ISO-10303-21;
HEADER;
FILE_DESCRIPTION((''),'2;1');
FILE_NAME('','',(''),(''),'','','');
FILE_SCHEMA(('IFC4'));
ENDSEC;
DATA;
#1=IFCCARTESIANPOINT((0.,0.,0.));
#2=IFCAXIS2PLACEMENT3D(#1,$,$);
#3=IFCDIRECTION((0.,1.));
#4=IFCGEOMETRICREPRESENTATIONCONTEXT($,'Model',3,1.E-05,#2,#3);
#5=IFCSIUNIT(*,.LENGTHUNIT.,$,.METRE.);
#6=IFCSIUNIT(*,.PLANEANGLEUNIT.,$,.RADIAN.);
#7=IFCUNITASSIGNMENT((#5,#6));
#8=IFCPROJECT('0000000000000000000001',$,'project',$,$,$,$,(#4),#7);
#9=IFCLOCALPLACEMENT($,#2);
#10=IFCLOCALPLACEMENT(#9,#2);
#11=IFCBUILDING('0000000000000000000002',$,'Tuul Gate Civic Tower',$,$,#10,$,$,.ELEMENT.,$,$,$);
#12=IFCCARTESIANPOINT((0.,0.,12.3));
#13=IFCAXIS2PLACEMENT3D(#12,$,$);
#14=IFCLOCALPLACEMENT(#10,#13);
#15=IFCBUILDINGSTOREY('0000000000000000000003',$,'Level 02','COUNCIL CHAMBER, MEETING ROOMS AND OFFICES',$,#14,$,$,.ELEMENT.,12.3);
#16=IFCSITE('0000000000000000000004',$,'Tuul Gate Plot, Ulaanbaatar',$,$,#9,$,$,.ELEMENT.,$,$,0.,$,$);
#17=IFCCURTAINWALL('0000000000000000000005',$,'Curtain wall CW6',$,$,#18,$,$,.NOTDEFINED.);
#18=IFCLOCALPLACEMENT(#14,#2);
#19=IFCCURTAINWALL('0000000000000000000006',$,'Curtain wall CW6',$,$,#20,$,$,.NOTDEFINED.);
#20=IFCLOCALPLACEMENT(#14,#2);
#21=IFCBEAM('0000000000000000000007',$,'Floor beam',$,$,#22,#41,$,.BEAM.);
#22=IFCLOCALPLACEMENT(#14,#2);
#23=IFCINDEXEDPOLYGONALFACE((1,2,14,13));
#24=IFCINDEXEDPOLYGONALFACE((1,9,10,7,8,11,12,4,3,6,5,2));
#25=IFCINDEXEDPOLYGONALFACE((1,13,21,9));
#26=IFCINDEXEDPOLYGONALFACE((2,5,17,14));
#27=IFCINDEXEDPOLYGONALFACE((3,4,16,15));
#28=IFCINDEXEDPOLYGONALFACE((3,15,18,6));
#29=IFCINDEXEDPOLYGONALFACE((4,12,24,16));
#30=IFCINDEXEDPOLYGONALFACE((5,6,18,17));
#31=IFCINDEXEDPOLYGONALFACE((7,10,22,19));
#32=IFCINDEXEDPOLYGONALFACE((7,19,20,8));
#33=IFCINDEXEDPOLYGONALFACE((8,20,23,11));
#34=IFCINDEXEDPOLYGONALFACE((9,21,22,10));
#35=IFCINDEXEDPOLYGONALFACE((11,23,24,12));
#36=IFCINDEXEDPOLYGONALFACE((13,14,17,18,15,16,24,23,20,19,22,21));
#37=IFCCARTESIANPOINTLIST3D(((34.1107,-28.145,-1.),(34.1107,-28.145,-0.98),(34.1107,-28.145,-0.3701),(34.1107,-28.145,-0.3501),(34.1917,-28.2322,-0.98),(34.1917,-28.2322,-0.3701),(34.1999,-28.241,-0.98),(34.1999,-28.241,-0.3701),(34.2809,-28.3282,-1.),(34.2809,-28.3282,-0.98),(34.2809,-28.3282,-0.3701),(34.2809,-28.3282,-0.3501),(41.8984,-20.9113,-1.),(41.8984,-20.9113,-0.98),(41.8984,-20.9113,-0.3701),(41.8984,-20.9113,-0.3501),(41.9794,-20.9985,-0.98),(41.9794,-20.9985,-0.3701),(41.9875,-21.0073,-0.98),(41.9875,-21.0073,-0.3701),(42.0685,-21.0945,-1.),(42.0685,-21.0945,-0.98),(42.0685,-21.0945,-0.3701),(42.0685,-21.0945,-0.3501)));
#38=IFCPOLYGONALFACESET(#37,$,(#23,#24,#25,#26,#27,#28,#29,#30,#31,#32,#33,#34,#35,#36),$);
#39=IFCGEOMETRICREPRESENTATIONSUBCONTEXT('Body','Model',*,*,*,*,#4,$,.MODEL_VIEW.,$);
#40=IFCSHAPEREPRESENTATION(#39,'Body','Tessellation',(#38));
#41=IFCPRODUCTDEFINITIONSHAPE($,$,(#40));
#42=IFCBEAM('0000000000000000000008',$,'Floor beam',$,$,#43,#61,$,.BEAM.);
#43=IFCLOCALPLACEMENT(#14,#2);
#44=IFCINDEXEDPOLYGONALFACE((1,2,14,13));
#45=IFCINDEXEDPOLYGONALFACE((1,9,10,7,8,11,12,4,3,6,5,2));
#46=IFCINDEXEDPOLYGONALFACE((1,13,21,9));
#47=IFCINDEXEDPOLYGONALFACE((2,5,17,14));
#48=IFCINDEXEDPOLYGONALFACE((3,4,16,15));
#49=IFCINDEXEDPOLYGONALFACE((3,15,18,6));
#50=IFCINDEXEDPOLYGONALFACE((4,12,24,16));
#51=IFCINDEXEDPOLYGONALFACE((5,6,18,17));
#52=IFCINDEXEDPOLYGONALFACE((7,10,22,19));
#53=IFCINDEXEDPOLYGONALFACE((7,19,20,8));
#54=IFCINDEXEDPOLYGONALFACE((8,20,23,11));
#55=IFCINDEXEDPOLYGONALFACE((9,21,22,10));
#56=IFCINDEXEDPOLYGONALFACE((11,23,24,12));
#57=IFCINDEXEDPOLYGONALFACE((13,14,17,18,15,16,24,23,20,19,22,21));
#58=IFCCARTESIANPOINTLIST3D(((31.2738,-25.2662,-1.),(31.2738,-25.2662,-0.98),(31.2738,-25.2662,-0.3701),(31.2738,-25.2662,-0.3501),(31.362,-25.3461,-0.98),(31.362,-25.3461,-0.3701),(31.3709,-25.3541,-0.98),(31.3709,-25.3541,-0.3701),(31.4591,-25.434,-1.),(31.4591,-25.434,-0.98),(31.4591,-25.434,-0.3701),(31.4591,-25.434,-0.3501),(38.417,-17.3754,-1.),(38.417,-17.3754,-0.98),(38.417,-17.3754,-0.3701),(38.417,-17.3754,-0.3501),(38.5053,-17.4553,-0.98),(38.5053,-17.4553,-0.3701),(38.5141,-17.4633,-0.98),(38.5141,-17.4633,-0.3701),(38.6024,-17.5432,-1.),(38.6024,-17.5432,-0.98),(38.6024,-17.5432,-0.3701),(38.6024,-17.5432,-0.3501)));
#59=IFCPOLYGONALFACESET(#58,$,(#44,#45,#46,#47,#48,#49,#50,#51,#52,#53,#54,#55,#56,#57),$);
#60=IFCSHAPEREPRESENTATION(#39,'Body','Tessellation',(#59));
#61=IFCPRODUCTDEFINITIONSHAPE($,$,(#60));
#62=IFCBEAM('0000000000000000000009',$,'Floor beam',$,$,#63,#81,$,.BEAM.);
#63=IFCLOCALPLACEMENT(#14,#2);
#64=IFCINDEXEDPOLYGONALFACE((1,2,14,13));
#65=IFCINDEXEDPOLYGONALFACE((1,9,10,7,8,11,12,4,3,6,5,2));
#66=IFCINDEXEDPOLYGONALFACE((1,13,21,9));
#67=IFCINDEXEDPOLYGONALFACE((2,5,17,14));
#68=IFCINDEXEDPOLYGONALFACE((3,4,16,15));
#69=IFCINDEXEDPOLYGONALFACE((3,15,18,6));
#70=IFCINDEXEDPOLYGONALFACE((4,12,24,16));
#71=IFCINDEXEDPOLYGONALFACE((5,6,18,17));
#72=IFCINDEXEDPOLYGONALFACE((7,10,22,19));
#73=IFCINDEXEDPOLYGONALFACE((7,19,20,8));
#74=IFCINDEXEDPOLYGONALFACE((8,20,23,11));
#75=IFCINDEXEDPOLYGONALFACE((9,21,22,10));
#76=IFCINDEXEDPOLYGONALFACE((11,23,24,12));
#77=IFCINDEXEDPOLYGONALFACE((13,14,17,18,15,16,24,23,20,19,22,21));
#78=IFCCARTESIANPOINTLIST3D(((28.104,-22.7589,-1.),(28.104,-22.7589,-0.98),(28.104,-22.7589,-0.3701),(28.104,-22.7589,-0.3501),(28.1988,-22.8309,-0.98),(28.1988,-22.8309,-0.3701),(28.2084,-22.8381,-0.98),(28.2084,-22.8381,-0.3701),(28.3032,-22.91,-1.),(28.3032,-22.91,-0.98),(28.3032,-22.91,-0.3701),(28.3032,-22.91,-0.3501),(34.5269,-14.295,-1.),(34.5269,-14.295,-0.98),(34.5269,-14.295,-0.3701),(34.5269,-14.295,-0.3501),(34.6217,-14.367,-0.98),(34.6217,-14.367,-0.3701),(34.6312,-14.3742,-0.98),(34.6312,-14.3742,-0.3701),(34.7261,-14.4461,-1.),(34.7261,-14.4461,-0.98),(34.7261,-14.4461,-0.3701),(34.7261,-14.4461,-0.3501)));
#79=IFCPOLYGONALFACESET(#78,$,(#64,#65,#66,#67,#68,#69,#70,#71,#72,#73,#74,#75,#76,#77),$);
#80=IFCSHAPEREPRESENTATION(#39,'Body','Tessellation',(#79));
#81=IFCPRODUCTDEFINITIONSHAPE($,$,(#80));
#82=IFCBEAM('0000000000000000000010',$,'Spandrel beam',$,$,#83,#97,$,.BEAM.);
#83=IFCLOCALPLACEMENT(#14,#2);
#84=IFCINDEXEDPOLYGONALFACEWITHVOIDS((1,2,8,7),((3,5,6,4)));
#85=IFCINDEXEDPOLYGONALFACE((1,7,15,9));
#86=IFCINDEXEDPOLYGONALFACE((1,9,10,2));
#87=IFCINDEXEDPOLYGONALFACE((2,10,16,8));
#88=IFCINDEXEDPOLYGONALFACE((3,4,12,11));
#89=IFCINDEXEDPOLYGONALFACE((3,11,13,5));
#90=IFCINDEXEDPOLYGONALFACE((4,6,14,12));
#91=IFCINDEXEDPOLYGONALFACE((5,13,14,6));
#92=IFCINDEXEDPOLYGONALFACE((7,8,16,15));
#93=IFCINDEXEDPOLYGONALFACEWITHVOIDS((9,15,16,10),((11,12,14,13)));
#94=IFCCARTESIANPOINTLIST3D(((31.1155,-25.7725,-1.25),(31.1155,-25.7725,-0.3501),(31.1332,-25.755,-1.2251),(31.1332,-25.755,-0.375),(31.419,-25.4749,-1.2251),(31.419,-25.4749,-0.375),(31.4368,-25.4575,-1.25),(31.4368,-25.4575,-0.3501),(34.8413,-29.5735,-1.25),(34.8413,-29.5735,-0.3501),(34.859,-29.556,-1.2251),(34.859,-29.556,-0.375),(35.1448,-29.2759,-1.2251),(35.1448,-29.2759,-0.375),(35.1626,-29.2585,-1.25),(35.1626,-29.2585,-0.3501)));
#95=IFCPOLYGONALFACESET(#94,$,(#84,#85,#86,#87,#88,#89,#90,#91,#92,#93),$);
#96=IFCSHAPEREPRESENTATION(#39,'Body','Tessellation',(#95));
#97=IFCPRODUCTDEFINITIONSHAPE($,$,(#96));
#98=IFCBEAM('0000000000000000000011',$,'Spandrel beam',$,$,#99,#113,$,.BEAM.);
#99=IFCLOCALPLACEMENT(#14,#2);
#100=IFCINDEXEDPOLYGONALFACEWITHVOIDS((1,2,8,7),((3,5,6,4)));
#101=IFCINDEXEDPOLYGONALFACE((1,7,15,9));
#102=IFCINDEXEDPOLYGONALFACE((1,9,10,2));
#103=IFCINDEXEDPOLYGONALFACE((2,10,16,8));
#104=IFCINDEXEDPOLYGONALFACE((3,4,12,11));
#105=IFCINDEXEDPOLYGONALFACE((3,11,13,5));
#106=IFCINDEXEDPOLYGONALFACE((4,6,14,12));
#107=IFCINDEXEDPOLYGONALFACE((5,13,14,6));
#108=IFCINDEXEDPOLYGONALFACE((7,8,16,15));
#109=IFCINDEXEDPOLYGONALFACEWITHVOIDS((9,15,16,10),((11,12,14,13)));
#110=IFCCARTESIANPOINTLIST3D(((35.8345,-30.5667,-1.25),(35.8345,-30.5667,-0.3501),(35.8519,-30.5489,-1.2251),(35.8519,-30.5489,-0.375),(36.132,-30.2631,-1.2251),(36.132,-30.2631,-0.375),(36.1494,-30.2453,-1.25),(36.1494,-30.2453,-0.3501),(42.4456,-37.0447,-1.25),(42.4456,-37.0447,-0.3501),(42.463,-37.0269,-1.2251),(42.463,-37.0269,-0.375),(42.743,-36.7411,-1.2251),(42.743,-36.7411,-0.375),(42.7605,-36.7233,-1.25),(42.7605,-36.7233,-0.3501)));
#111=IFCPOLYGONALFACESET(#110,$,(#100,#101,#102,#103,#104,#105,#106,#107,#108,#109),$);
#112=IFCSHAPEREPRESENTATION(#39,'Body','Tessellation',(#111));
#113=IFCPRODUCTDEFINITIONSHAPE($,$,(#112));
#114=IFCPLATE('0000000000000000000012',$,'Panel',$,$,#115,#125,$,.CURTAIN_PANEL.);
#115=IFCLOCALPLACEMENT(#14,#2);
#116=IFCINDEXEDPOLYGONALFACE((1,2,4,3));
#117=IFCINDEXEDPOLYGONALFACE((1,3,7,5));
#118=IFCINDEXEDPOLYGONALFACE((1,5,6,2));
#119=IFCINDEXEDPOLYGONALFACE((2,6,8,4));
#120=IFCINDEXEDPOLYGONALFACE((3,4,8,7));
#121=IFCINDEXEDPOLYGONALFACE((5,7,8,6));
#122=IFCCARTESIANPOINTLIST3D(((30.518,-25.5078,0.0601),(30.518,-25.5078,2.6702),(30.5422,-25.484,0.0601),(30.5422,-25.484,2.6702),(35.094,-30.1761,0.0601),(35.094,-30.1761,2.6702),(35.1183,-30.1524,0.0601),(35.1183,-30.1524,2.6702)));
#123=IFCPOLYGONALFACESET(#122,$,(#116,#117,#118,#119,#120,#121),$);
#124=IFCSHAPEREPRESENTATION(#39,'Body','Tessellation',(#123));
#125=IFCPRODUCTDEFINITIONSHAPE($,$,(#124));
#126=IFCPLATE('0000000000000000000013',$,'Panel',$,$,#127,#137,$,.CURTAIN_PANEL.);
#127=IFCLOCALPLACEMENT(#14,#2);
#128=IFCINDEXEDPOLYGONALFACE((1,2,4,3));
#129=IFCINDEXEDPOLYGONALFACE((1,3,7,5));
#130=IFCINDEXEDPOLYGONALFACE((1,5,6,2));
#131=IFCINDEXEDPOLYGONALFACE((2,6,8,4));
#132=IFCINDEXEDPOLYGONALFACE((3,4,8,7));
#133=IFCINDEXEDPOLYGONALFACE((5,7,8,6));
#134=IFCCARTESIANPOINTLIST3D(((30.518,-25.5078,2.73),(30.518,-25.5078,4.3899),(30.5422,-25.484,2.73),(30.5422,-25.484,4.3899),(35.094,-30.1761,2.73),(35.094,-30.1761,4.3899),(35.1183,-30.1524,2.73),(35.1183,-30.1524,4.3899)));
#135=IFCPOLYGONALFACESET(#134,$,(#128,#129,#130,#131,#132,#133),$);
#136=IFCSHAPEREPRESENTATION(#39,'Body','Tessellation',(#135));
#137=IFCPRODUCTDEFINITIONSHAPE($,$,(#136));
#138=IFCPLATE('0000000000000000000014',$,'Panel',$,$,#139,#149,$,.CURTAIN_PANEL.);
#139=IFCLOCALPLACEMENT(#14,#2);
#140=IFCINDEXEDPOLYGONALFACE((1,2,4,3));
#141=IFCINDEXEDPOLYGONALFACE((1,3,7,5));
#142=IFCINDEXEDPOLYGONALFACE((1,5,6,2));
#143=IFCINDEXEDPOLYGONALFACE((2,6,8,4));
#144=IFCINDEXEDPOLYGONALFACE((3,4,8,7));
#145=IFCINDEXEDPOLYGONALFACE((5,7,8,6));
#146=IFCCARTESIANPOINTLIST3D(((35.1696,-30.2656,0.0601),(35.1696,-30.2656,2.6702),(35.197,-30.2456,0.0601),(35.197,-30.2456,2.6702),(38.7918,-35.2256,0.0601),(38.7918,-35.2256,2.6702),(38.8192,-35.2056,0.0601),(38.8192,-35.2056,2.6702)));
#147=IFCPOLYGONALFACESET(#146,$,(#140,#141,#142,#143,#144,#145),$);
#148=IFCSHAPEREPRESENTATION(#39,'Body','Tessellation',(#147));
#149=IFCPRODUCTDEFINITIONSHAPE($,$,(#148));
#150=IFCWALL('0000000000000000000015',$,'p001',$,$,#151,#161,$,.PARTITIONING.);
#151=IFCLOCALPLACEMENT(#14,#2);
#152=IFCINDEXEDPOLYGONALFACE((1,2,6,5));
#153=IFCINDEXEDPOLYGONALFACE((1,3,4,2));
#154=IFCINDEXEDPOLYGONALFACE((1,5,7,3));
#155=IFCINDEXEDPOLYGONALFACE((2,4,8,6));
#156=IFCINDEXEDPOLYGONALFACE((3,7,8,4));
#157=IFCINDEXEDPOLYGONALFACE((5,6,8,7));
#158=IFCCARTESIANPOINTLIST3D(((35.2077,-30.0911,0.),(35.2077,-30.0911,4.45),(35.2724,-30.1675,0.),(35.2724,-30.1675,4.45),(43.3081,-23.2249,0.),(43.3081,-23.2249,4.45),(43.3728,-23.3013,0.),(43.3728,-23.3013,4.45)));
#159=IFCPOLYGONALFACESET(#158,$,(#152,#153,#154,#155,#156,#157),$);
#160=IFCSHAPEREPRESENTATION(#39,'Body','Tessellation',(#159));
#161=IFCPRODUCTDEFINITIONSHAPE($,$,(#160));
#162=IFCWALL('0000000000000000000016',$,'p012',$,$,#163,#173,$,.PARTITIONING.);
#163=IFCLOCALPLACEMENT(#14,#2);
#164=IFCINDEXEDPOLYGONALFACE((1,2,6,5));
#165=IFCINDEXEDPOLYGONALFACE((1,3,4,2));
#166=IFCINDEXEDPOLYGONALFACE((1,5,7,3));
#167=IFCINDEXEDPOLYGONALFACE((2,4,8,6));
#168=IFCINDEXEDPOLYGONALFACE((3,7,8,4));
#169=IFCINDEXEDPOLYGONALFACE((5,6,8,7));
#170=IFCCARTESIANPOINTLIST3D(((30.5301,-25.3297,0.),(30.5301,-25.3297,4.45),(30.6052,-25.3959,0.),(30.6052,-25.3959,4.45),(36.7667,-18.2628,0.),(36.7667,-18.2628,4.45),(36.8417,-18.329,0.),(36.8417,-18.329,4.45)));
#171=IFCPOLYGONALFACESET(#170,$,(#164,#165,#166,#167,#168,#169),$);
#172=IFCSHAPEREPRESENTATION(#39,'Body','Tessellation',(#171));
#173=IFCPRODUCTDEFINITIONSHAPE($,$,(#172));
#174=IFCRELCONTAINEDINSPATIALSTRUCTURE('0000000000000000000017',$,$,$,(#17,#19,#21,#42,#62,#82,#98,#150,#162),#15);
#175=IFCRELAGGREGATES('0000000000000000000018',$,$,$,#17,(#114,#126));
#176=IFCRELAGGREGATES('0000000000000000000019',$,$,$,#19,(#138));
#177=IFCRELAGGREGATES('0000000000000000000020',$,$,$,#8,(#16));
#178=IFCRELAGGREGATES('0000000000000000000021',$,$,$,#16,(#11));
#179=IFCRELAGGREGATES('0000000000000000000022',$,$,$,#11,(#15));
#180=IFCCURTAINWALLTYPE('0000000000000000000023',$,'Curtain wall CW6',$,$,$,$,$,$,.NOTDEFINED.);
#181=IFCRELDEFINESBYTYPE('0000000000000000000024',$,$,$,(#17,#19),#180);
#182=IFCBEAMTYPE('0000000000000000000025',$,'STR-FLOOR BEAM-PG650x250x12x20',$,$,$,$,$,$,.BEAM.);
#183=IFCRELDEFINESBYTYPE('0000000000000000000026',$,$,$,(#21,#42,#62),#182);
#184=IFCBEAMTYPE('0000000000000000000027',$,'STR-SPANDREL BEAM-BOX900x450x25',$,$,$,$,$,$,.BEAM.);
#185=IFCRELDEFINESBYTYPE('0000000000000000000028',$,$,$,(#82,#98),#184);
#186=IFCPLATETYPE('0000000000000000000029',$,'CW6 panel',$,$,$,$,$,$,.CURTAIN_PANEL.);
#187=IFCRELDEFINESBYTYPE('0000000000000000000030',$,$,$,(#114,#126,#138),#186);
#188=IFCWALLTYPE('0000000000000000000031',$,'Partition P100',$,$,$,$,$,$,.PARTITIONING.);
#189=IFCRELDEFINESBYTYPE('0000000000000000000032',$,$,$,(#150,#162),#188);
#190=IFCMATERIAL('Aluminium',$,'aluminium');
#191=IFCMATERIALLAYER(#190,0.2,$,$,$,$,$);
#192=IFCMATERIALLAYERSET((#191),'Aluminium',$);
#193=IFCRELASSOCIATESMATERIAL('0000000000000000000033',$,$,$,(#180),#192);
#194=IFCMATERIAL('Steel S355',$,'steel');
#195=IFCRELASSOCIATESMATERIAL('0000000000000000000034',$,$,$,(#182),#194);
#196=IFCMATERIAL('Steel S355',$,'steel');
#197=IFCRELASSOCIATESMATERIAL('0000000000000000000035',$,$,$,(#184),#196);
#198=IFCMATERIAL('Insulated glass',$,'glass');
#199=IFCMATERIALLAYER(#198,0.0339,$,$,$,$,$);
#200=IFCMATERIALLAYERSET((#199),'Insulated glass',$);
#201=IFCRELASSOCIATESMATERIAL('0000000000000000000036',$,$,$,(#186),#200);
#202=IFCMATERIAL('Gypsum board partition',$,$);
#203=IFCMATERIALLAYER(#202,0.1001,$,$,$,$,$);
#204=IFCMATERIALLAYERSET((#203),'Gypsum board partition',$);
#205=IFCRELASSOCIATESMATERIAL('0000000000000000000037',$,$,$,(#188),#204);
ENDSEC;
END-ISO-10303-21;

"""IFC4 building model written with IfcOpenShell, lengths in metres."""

from ifc_helpers import new_model, si_unit, direction, frame, frame_2d, origin, origin_2d, place, context, subcontext, project, spatial, rectangle, hollow_rectangle, i_section, extrude, material, layer, layer_set, material_profile, profile_set, type_object, element, aggregate, save


model = new_model("IFC4")

# Units and contexts
model_context = context("Model", 3, precision=1e-05, world=origin(), true_north=direction((0.0, 1.0)))
body_context = subcontext(model_context, "Body", "Model", "MODEL_VIEW")
ifc_project = project(units=[si_unit("LENGTHUNIT", "METRE"), si_unit("PLANEANGLEUNIT", "RADIAN")], contexts=[model_context])

# Site, building, storey
site_placement = place(None, origin())
site = spatial("IfcSite", under=ifc_project, at=site_placement, Name="Tuul Gate Plot, Ulaanbaatar", CompositionType="ELEMENT", RefElevation=0.0)
building_placement = place(site_placement, origin())
building = spatial("IfcBuilding", under=site, at=building_placement, Name="Tuul Gate Civic Tower", CompositionType="ELEMENT")
storey_placement = place(building_placement, frame((0.0, 0.0, 12.3)))
storey = spatial("IfcBuildingStorey", under=building, at=storey_placement, Name="Level 02", Description="COUNCIL CHAMBER, MEETING ROOMS AND OFFICES", CompositionType="ELEMENT", Elevation=12.3)

# Shared definitions
ifc_material_1 = material(Name="Aluminium", Category="aluminium")
ifc_layer_1 = layer(ifc_material_1, 0.2)
ifc_layer_set_1 = layer_set([ifc_layer_1], Name="Aluminium")
curtain_wall_type = type_object("IfcCurtainWallType", Name="Curtain wall CW6", PredefinedType="NOTDEFINED", material=ifc_layer_set_1)

# Curtain wall
curtain_wall_1_placement = place(storey_placement, origin())
curtain_wall_1 = element("IfcCurtainWall", 1, at=curtain_wall_1_placement, inside=storey, type_object=curtain_wall_type, Name="Curtain wall CW6", PredefinedType="NOTDEFINED")

# Curtain wall
curtain_wall_2_placement = place(storey_placement, origin())
curtain_wall_2 = element("IfcCurtainWall", 2, at=curtain_wall_2_placement, inside=storey, type_object=curtain_wall_type, Name="Curtain wall CW6", PredefinedType="NOTDEFINED")

# Beams
ifc_material_2 = material(Name="Steel S355", Category="steel")
ifc_material_profile_1 = material_profile(ifc_material_2, i_section(OverallWidth=0.25, OverallDepth=0.6499, WebThickness=0.012, FlangeThickness=0.02, at=origin_2d()), Name="PG650x250x12x20")
ifc_profile_set_1 = profile_set([ifc_material_profile_1], Name="Steel S355")
beam_type_1 = type_object("IfcBeamType", Name="STR-FLOOR BEAM-PG650x250x12x20", PredefinedType="BEAM", material=ifc_profile_set_1)
beam_1_placement = place(storey_placement, frame((34.1958, -28.2366, -0.675), z_axis=(0.732685, 0.680567, 0.0), x_axis=(-0.680567, 0.732685, 0.0)))
element("IfcBeam", 3, at=beam_1_placement, inside=storey, type_object=beam_type_1, Name="Floor beam", PredefinedType="BEAM", context=body_context, shape_type="SweptSolid", body=[
    extrude(i_section(OverallWidth=0.25, OverallDepth=0.6499, WebThickness=0.012, FlangeThickness=0.02, at=origin_2d()), origin(), (0.0, 0.0, 1.0), 10.6289),
])
beam_2_placement = place(storey_placement, frame((31.3665, -25.3501, -0.675), z_axis=(0.671118, 0.741351, 0.0), x_axis=(-0.741351, 0.671118, 0.0)))
element("IfcBeam", 4, at=beam_2_placement, inside=storey, type_object=beam_type_1, Name="Floor beam", PredefinedType="BEAM", context=body_context, shape_type="SweptSolid", body=[
    extrude(i_section(OverallWidth=0.25, OverallDepth=0.6499, WebThickness=0.012, FlangeThickness=0.02, at=origin_2d()), origin(), (0.0, 0.0, 1.0), 10.6438),
])
beam_3_placement = place(storey_placement, frame((28.2036, -22.8345, -0.675), z_axis=(0.604505, 0.796601, 0.0), x_axis=(-0.796601, 0.604505, 0.0)))
element("IfcBeam", 5, at=beam_3_placement, inside=storey, type_object=beam_type_1, Name="Floor beam", PredefinedType="BEAM", context=body_context, shape_type="SweptSolid", body=[
    extrude(i_section(OverallWidth=0.25, OverallDepth=0.6499, WebThickness=0.012, FlangeThickness=0.02, at=origin_2d()), origin(), (0.0, 0.0, 1.0), 10.625),
])
ifc_material_3 = material(Name="Steel S355", Category="steel")
ifc_material_profile_2 = material_profile(ifc_material_3, hollow_rectangle(XDim=0.45, YDim=0.8999, WallThickness=0.0249, at=origin_2d()), Name="BOX900x450x25")
ifc_profile_set_2 = profile_set([ifc_material_profile_2], Name="Steel S355")
beam_type_2 = type_object("IfcBeamType", Name="STR-SPANDREL BEAM-BOX900x450x25", PredefinedType="BEAM", material=ifc_profile_set_2)
beam_4_placement = place(storey_placement, frame((31.2761, -25.615, -0.8), z_axis=(0.700008, -0.714135, 0.0), x_axis=(0.714135, 0.700008, 0.0)))
element("IfcBeam", 6, at=beam_4_placement, inside=storey, type_object=beam_type_2, Name="Spandrel beam", PredefinedType="BEAM", context=body_context, shape_type="SweptSolid", body=[
    extrude(hollow_rectangle(XDim=0.45, YDim=0.8999, WallThickness=0.0249, at=origin_2d()), origin(), (0.0, 0.0, 1.0), 5.3225),
])
beam_5_placement = place(storey_placement, frame((35.9919, -30.406, -0.8), z_axis=(0.714258, -0.699883, 0.0), x_axis=(0.699883, 0.714258, 0.0)))
element("IfcBeam", 7, at=beam_5_placement, inside=storey, type_object=beam_type_2, Name="Spandrel beam", PredefinedType="BEAM", context=body_context, shape_type="SweptSolid", body=[
    extrude(hollow_rectangle(XDim=0.45, YDim=0.8999, WallThickness=0.0249, at=origin_2d()), origin(), (0.0, 0.0, 1.0), 9.2559),
])

# Plates
ifc_material_4 = material(Name="Insulated glass", Category="glass")
ifc_layer_2 = layer(ifc_material_4, 0.0339)
ifc_layer_set_2 = layer_set([ifc_layer_2], Name="Insulated glass")
plate_type = type_object("IfcPlateType", Name="CW6 panel", PredefinedType="CURTAIN_PANEL", material=ifc_layer_set_2)
plate_1_placement = place(storey_placement, frame((32.8181, -27.8301, 0.0601), z_axis=(0.0, 0.0, 1.0), x_axis=(0.700011, -0.714132, 0.0)))
plate_1 = element("IfcPlate", 8, at=plate_1_placement, type_object=plate_type, Name="Panel", PredefinedType="CURTAIN_PANEL", context=body_context, shape_type="SweptSolid", body=[
    extrude(rectangle(XDim=6.5371, YDim=0.0339, at=origin_2d()), origin(), (0.0, 0.0, 1.0), 2.6101),
])
plate_2_placement = place(storey_placement, frame((32.8181, -27.8301, 2.73), z_axis=(0.0, 0.0, 1.0), x_axis=(0.700011, -0.714132, 0.0)))
plate_2 = element("IfcPlate", 9, at=plate_2_placement, type_object=plate_type, Name="Panel", PredefinedType="CURTAIN_PANEL", context=body_context, shape_type="SweptSolid", body=[
    extrude(rectangle(XDim=6.5371, YDim=0.0339, at=origin_2d()), origin(), (0.0, 0.0, 1.0), 1.6599),
])
aggregate(curtain_wall_1, [plate_1, plate_2])
plate_3_placement = place(storey_placement, frame((36.9944, -32.7356, 0.0601), z_axis=(0.0, 0.0, 1.0), x_axis=(0.589756, -0.807581, 0.0)))
plate_3 = element("IfcPlate", 10, at=plate_3_placement, type_object=plate_type, Name="Panel", PredefinedType="CURTAIN_PANEL", context=body_context, shape_type="SweptSolid", body=[
    extrude(rectangle(XDim=6.1418, YDim=0.0339, at=origin_2d()), origin(), (0.0, 0.0, 1.0), 2.6101),
])
aggregate(curtain_wall_2, [plate_3])

# Walls
ifc_material_5 = material(Name="Gypsum board partition")
ifc_layer_3 = layer(ifc_material_5, 0.1001)
ifc_layer_set_3 = layer_set([ifc_layer_3], Name="Gypsum board partition")
wall_type = type_object("IfcWallType", Name="Partition P100", PredefinedType="PARTITIONING", material=ifc_layer_set_3)
wall_1_placement = place(storey_placement, frame((35.24, -30.1294, 0.0), z_axis=(0.0, 0.0, 1.0), x_axis=(0.762825, 0.646605, 0.0)))
element("IfcWall", 11, at=wall_1_placement, inside=storey, type_object=wall_type, Name="p001", PredefinedType="PARTITIONING", context=body_context, shape_type="SweptSolid", body=[
    extrude(rectangle(XDim=10.6189, YDim=0.1001, at=frame_2d((5.3096, 0.0))), origin(), (0.0, 0.0, 1.0), 4.45),
])
wall_2_placement = place(storey_placement, frame((30.5676, -25.3628, 0.0), z_axis=(0.0, 0.0, 1.0), x_axis=(0.661686, 0.749781, 0.0)))
element("IfcWall", 12, at=wall_2_placement, inside=storey, type_object=wall_type, Name="p012", PredefinedType="PARTITIONING", context=body_context, shape_type="SweptSolid", body=[
    extrude(rectangle(XDim=9.4253, YDim=0.1001, at=frame_2d((4.7126, 0.0))), origin(), (0.0, 0.0, 1.0), 4.45),
])

save(model, "model.ifc")
